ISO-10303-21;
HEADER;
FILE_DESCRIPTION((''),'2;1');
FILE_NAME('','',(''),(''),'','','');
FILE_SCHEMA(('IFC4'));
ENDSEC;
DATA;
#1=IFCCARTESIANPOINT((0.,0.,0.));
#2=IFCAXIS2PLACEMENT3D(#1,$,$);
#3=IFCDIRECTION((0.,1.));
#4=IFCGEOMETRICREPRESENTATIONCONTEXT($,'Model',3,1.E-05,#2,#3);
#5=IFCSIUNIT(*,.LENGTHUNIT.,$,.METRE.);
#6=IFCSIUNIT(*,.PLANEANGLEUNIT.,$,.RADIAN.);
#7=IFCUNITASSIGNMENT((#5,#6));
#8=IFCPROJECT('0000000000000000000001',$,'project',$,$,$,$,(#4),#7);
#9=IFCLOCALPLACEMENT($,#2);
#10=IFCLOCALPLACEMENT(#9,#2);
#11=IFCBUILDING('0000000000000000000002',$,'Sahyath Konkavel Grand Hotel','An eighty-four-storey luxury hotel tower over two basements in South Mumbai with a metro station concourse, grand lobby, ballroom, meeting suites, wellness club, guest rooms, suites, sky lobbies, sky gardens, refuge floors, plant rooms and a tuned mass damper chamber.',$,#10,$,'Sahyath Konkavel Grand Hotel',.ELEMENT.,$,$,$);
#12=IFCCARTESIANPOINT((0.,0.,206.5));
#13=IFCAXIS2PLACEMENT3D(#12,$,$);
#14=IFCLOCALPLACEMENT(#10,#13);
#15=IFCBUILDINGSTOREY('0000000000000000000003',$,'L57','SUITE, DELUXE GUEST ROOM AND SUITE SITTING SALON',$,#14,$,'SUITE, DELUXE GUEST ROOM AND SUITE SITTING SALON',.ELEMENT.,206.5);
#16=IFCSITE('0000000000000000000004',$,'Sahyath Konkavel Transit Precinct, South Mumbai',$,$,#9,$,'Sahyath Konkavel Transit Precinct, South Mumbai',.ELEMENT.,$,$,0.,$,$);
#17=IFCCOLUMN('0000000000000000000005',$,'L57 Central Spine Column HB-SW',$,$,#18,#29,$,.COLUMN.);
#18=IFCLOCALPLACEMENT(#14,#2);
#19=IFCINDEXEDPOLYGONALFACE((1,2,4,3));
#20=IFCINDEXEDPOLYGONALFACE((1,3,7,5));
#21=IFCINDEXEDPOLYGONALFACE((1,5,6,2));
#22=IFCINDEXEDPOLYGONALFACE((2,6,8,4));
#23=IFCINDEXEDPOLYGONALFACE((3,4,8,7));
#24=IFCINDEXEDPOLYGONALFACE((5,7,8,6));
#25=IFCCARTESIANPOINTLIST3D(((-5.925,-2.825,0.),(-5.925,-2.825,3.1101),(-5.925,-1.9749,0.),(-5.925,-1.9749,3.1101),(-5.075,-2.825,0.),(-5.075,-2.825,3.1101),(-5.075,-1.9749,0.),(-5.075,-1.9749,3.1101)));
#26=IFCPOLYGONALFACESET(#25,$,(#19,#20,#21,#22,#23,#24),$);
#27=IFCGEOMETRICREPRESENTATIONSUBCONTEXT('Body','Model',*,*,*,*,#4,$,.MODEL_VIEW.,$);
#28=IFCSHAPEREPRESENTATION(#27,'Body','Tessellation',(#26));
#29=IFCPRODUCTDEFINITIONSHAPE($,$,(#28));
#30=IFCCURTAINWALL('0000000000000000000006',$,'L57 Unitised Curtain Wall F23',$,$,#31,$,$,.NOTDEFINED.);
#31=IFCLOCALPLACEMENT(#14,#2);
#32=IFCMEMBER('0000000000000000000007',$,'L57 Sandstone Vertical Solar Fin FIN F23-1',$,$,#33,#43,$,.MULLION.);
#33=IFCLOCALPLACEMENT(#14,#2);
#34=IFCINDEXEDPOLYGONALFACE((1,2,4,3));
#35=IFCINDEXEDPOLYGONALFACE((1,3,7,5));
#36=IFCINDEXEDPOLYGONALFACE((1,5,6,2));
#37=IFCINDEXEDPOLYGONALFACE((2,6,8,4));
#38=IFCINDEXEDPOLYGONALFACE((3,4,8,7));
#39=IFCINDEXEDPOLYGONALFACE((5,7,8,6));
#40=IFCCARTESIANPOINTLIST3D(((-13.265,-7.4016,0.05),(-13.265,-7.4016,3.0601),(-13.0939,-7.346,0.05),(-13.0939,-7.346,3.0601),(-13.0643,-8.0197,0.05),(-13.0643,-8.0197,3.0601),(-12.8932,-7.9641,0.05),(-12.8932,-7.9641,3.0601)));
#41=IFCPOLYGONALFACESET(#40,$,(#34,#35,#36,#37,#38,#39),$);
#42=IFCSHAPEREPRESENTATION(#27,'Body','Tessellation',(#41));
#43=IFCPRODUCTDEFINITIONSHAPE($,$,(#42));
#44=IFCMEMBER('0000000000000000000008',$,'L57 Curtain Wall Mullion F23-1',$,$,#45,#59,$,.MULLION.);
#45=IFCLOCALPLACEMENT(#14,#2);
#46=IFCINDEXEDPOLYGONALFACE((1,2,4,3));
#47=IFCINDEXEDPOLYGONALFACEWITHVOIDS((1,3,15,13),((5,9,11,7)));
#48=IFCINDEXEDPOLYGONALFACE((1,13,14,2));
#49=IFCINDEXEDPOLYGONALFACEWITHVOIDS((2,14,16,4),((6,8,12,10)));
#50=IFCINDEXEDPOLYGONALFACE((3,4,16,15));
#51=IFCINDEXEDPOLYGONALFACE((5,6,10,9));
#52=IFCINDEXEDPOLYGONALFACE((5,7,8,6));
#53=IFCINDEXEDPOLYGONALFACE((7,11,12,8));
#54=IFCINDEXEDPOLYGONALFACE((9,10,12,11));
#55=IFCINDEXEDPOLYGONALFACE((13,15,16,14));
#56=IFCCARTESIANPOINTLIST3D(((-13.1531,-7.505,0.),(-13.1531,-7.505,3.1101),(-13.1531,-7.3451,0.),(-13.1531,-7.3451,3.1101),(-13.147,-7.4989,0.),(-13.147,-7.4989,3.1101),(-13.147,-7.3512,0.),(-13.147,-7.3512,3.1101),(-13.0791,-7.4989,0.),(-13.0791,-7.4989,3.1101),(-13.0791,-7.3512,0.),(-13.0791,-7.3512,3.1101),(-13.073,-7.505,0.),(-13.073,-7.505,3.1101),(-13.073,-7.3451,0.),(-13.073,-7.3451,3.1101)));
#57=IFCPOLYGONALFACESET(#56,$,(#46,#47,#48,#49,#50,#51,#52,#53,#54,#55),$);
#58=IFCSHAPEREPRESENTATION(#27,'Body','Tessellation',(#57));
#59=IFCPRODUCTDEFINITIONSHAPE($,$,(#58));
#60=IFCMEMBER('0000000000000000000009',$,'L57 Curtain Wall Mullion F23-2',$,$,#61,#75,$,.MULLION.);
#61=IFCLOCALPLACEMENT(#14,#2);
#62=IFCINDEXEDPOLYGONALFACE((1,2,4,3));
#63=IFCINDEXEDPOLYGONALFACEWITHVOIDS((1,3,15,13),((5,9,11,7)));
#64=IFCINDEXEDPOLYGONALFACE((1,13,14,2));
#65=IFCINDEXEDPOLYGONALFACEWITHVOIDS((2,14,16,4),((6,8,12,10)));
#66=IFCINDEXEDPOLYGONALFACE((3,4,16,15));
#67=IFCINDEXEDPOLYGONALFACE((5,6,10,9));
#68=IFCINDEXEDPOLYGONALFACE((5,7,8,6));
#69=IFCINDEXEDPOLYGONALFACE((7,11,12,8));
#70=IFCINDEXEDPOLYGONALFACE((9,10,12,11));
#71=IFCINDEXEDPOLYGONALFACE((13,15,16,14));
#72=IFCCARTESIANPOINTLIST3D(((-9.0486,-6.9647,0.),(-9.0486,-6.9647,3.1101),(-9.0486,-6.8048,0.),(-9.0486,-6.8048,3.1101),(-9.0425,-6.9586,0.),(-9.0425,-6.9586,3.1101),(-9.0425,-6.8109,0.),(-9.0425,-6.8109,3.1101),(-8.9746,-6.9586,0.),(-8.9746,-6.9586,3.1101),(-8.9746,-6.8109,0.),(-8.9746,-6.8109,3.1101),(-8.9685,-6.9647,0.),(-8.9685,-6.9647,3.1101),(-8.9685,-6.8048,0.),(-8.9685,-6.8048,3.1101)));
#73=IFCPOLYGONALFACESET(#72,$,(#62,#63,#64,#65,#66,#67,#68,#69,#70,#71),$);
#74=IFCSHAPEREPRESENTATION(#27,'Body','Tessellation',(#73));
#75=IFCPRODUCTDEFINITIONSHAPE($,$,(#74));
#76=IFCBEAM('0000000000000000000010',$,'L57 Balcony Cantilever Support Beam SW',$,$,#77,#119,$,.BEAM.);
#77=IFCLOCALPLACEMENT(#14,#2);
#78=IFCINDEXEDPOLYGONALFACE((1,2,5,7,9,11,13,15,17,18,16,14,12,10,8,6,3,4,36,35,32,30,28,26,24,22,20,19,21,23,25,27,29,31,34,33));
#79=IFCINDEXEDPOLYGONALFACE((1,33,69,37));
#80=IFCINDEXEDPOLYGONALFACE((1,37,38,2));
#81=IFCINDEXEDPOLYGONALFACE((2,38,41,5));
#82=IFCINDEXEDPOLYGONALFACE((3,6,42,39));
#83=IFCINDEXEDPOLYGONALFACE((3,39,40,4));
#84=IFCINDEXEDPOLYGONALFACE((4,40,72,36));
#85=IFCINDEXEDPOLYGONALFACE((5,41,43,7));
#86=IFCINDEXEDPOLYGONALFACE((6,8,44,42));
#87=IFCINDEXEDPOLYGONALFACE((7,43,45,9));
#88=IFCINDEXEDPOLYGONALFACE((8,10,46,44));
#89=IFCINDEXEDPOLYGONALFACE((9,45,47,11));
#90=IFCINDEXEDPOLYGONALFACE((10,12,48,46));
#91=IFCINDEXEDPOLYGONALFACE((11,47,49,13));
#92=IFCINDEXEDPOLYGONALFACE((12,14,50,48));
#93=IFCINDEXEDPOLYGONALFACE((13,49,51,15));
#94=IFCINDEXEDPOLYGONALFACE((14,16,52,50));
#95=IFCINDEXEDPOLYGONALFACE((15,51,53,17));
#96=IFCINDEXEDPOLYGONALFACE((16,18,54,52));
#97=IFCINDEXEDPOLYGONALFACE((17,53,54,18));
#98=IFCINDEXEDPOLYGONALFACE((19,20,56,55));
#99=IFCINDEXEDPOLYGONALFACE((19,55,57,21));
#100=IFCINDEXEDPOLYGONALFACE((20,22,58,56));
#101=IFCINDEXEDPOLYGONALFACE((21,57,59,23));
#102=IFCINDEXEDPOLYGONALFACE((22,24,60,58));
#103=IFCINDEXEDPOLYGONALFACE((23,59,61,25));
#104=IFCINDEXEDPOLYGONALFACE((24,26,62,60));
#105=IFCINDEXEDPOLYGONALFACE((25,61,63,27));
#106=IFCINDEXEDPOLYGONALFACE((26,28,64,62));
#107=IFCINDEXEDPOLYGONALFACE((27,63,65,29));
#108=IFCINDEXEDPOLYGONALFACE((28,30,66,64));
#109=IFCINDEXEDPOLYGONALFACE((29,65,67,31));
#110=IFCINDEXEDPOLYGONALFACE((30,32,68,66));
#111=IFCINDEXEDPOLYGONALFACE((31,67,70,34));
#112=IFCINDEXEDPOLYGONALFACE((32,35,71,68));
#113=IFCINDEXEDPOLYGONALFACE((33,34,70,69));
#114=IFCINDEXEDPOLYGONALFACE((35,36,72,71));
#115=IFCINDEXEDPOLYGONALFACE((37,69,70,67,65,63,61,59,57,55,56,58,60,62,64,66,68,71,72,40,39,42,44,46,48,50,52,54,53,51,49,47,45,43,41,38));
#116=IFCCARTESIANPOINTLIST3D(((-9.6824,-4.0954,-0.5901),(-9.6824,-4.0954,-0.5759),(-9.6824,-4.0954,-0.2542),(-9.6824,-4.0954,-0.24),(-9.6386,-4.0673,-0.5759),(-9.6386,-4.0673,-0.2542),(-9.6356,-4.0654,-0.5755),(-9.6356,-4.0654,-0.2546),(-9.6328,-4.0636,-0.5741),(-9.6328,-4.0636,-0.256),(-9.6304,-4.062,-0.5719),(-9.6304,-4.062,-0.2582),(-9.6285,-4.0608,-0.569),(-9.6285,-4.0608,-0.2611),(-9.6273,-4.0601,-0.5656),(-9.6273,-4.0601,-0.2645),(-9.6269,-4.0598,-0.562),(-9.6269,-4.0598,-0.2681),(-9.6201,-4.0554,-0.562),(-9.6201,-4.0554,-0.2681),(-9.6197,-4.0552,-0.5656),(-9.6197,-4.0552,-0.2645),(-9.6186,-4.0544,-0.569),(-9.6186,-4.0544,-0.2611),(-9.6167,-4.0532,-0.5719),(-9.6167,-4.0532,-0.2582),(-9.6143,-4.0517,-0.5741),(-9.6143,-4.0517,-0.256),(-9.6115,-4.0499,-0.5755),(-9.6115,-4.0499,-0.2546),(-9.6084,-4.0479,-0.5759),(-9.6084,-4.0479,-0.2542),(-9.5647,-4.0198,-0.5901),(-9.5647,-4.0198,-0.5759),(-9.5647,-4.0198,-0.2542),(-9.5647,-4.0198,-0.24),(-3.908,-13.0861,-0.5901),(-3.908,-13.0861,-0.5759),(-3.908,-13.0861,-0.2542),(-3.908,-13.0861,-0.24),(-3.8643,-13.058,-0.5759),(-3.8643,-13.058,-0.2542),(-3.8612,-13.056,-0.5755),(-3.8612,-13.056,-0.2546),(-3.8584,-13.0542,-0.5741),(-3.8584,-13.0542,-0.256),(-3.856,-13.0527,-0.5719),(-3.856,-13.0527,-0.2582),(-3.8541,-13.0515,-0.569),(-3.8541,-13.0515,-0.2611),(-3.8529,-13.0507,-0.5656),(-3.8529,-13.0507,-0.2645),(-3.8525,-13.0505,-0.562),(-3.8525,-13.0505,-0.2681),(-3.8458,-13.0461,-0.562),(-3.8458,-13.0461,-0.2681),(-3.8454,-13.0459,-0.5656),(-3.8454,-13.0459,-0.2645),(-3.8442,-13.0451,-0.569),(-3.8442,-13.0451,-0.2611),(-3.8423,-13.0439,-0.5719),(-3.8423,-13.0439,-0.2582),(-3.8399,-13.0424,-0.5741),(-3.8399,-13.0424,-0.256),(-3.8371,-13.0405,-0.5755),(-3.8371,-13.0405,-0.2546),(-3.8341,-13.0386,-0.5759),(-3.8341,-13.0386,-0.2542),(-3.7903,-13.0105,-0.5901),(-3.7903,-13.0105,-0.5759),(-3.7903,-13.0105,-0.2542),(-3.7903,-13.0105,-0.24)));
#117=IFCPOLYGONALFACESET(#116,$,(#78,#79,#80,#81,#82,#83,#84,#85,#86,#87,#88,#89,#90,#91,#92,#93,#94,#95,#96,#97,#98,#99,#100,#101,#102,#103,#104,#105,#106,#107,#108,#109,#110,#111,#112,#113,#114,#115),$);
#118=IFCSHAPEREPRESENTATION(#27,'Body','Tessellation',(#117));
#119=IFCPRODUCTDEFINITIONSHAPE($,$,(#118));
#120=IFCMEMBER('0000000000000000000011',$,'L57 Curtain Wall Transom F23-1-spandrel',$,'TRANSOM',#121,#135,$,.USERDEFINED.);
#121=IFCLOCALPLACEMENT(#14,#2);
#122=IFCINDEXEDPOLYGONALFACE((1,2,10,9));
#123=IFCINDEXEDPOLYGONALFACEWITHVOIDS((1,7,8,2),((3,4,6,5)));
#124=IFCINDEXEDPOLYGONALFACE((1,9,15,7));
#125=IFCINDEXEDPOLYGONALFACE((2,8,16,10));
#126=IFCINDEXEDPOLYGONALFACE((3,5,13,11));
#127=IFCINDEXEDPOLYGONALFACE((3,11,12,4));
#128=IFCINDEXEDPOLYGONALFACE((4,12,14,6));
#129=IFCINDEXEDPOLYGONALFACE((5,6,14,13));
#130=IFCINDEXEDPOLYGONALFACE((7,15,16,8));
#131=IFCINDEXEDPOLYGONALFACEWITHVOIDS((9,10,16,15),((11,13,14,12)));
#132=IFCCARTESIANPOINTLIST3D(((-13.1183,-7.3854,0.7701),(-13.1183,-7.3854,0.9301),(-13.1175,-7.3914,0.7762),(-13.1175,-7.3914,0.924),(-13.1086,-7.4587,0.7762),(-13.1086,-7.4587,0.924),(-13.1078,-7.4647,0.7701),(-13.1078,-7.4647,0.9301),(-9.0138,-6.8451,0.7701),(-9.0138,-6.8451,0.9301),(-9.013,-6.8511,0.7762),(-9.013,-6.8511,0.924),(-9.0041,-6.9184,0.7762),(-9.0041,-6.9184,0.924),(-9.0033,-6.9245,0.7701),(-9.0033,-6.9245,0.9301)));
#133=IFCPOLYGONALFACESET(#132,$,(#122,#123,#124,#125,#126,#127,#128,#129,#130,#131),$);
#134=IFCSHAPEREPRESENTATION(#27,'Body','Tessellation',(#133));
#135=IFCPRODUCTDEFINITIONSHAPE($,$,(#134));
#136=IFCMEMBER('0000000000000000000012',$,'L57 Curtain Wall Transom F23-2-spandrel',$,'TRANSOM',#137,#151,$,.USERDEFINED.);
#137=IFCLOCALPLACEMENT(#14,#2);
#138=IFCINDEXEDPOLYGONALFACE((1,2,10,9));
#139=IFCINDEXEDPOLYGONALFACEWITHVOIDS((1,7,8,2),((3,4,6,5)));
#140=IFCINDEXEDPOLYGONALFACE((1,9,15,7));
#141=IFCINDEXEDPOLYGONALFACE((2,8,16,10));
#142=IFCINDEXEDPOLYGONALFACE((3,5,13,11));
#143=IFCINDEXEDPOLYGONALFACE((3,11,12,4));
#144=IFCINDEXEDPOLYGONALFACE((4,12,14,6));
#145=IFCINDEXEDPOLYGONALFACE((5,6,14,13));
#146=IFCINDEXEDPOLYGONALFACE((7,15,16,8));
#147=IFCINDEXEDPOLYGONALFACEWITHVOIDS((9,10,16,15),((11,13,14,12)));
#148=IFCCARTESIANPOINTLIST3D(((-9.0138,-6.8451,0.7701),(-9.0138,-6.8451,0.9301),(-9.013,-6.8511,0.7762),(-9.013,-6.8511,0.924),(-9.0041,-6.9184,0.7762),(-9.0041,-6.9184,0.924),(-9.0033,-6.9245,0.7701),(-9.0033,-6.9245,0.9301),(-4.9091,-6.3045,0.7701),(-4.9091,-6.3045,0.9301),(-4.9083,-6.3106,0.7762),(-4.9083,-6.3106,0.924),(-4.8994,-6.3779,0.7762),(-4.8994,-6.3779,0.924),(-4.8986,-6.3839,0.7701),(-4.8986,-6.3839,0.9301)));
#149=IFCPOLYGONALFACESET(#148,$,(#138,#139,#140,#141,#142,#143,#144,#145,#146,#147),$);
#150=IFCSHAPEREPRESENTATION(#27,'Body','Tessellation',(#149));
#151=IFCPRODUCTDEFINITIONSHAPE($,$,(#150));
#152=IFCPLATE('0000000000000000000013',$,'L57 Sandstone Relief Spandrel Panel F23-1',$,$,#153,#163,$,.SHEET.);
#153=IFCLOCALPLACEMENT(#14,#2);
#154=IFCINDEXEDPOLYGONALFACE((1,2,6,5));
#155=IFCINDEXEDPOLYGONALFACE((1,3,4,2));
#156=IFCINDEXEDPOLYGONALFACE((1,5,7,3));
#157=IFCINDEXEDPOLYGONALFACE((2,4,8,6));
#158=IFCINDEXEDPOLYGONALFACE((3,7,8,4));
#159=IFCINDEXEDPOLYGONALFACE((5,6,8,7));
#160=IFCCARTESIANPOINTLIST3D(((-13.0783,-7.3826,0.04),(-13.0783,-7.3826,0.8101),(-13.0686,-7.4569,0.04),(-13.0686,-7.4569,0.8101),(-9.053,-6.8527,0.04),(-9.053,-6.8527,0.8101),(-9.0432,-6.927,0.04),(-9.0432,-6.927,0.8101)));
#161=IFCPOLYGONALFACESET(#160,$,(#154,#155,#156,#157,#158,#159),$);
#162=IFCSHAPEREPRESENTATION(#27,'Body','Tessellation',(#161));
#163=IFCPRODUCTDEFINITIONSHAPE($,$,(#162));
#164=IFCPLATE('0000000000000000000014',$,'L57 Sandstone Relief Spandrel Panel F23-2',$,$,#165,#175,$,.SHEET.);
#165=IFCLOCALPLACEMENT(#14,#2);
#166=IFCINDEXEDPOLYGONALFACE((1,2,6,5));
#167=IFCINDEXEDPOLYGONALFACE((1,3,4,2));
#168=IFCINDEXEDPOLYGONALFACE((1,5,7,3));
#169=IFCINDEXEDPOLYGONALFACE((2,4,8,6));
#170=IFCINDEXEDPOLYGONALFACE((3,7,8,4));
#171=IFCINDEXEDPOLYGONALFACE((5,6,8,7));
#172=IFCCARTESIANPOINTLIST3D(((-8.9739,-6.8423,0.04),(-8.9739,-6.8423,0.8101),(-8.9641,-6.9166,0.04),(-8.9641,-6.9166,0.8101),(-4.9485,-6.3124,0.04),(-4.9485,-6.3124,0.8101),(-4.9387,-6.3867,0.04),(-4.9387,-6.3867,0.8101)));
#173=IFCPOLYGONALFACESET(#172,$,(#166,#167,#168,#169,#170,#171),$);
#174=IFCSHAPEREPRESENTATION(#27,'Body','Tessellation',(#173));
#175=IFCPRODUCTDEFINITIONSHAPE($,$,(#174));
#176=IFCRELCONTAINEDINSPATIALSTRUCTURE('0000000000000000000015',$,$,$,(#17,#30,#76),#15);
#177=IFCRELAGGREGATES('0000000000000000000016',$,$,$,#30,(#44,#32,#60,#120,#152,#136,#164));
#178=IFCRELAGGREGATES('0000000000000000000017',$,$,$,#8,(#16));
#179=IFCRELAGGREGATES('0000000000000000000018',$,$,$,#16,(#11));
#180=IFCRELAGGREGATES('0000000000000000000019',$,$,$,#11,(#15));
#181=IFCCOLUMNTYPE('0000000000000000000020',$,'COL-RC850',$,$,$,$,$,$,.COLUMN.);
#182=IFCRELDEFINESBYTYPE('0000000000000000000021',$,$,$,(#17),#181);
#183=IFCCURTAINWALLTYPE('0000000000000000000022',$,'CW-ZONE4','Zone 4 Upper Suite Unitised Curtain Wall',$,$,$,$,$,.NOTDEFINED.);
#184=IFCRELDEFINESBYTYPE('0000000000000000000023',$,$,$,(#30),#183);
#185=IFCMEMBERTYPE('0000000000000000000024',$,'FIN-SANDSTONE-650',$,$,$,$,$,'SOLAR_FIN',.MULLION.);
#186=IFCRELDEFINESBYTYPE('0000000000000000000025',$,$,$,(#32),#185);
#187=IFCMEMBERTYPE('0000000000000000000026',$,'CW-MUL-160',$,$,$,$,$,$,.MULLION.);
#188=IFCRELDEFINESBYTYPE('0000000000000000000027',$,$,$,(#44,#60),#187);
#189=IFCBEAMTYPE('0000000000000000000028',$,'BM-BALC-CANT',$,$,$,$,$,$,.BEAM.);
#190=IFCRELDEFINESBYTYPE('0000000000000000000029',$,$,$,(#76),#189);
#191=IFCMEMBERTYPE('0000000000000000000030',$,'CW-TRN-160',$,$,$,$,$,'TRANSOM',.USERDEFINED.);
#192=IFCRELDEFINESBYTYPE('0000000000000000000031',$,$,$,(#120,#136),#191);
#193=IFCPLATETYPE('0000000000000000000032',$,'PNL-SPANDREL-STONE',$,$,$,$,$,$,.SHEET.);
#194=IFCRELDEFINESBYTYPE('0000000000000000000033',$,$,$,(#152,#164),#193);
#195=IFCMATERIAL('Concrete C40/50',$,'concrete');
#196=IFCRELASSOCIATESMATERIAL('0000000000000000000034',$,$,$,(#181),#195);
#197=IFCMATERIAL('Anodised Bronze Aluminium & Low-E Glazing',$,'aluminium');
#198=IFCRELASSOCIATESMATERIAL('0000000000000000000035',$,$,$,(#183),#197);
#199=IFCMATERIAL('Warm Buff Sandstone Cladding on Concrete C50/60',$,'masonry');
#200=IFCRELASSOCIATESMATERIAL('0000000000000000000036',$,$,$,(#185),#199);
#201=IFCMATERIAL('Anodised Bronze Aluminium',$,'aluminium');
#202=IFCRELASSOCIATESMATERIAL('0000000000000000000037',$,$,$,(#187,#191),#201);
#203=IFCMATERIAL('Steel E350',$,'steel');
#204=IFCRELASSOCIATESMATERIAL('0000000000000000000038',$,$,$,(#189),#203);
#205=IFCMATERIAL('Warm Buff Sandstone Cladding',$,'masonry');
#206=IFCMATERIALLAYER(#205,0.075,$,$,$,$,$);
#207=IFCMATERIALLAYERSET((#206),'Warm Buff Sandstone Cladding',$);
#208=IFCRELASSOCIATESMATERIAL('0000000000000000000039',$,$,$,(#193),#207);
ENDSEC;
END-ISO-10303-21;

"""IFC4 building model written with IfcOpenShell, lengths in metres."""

from ifc_helpers import new_model, si_unit, direction, frame, origin, origin_2d, place, context, subcontext, project, spatial, rectangle, hollow_rectangle, i_section, extrude, source, transform, mapped, material, layer, layer_set, material_profile, profile_set, type_object, element, aggregate, save


model = new_model("IFC4")

# Units and contexts
model_context = context("Model", 3, precision=1e-05, world=origin(), true_north=direction((0.0, 1.0)))
body_context = subcontext(model_context, "Body", "Model", "MODEL_VIEW")
ifc_project = project(units=[si_unit("LENGTHUNIT", "METRE"), si_unit("PLANEANGLEUNIT", "RADIAN")], contexts=[model_context])

# Site, building, storey
site_placement = place(None, origin())
site = spatial("IfcSite", under=ifc_project, at=site_placement, Name="Sahyath Konkavel Transit Precinct, South Mumbai", LongName="Sahyath Konkavel Transit Precinct, South Mumbai", CompositionType="ELEMENT", RefElevation=0.0)
building_placement = place(site_placement, origin())
building = spatial("IfcBuilding", under=site, at=building_placement, Name="Sahyath Konkavel Grand Hotel", Description="An eighty-four-storey luxury hotel tower over two basements in South Mumbai with a metro station concourse, grand lobby, ballroom, meeting suites, wellness club, guest rooms, suites, sky lobbies, sky gardens, refuge floors, plant rooms and a tuned mass damper chamber.", LongName="Sahyath Konkavel Grand Hotel", CompositionType="ELEMENT")
storey_placement = place(building_placement, frame((0.0, 0.0, 206.5)))
storey = spatial("IfcBuildingStorey", under=building, at=storey_placement, Name="L57", Description="SUITE, DELUXE GUEST ROOM AND SUITE SITTING SALON", LongName="SUITE, DELUXE GUEST ROOM AND SUITE SITTING SALON", CompositionType="ELEMENT", Elevation=206.5)

# Column
ifc_material_1 = material(Name="Concrete C40/50", Category="concrete")
ifc_material_profile_1 = material_profile(ifc_material_1, rectangle(XDim=0.8501, YDim=0.8501, at=origin_2d()), Name="RC 850x850")
ifc_profile_set_1 = profile_set([ifc_material_profile_1], Name="Concrete C40/50")
column_type = type_object("IfcColumnType", Name="COL-RC850", PredefinedType="COLUMN", material=ifc_profile_set_1)
shared_shape_1 = source(origin(), body_context, "Body", "SweptSolid", [
    extrude(rectangle(XDim=0.8501, YDim=0.8501, at=origin_2d()), origin(), (0.0, 0.0, 1.0), 3.1101),
])
column_placement = place(storey_placement, frame((-5.5, -2.3999, 0.0), z_axis=(0.0, 0.0, 1.0), x_axis=(1.0, 0.0, 0.0)))
element("IfcColumn", 1, at=column_placement, inside=storey, type_object=column_type, Name="L57 Central Spine Column HB-SW", PredefinedType="COLUMN", context=body_context, shape_type="MappedRepresentation", body=[
    mapped(shared_shape_1, transform((0.0, 0.0, 0.0), scale=1.0)),
])

# Curtain wall, members
ifc_material_2 = material(Name="Anodised Bronze Aluminium & Low-E Glazing", Category="aluminium")
curtain_wall_type = type_object("IfcCurtainWallType", Name="CW-ZONE4", Description="Zone 4 Upper Suite Unitised Curtain Wall", PredefinedType="NOTDEFINED", material=ifc_material_2)
curtain_wall_placement = place(storey_placement, origin())
curtain_wall = element("IfcCurtainWall", 2, at=curtain_wall_placement, inside=storey, type_object=curtain_wall_type, Name="L57 Unitised Curtain Wall F23", PredefinedType="NOTDEFINED")
ifc_material_3 = material(Name="Warm Buff Sandstone Cladding on Concrete C50/60", Category="masonry")
ifc_material_profile_2 = material_profile(ifc_material_3, rectangle(XDim=0.1799, YDim=0.6499, at=origin_2d()), Name="FIN 180x650")
ifc_profile_set_2 = profile_set([ifc_material_profile_2], Name="Warm Buff Sandstone Cladding on Concrete C50/60")
member_type_1 = type_object("IfcMemberType", Name="FIN-SANDSTONE-650", ElementType="SOLAR_FIN", PredefinedType="MULLION", material=ifc_profile_set_2)
shared_shape_2 = source(origin(), body_context, "Body", "SweptSolid", [
    extrude(rectangle(XDim=0.1799, YDim=0.6499, at=origin_2d()), origin(), (0.0, 0.0, 1.0), 3.01),
])
member_1_placement = place(storey_placement, frame((-13.0791, -7.6829, 0.05), z_axis=(0.0, 0.0, 1.0), x_axis=(0.95111, 0.308851, 0.0)))
member_1 = element("IfcMember", 3, at=member_1_placement, type_object=member_type_1, Name="L57 Sandstone Vertical Solar Fin FIN F23-1", PredefinedType="MULLION", context=body_context, shape_type="MappedRepresentation", body=[
    mapped(shared_shape_2, transform((0.0, 0.0, 0.0), scale=1.0)),
])
ifc_material_4 = material(Name="Anodised Bronze Aluminium", Category="aluminium")
ifc_material_profile_3 = material_profile(ifc_material_4, hollow_rectangle(XDim=0.0801, YDim=0.1599, WallThickness=0.0061, at=origin_2d()), Name="RHS 160x80x6")
ifc_profile_set_3 = profile_set([ifc_material_profile_3], Name="Anodised Bronze Aluminium")
member_type_2 = type_object("IfcMemberType", Name="CW-MUL-160", PredefinedType="MULLION", material=ifc_profile_set_3)
shared_shape_3 = source(origin(), body_context, "Body", "SweptSolid", [
    extrude(hollow_rectangle(XDim=0.0801, YDim=0.1599, WallThickness=0.0061, at=origin_2d()), origin(), (0.0, 0.0, 1.0), 3.1101),
])
member_2_placement = place(storey_placement, frame((-13.113, -7.425, 0.0), z_axis=(0.0, 0.0, 1.0), x_axis=(1.0, 0.0, 0.0)))
member_2 = element("IfcMember", 4, at=member_2_placement, type_object=member_type_2, Name="L57 Curtain Wall Mullion F23-1", PredefinedType="MULLION", context=body_context, shape_type="MappedRepresentation", body=[
    mapped(shared_shape_3, transform((0.0, 0.0, 0.0), scale=1.0)),
])
member_3_placement = place(storey_placement, frame((-9.0085, -6.8848, 0.0), z_axis=(0.0, 0.0, 1.0), x_axis=(1.0, 0.0, 0.0)))
member_3 = element("IfcMember", 5, at=member_3_placement, type_object=member_type_2, Name="L57 Curtain Wall Mullion F23-2", PredefinedType="MULLION", context=body_context, shape_type="MappedRepresentation", body=[
    mapped(shared_shape_3, transform((0.0, 0.0, 0.0), scale=1.0)),
])

# Beam
ifc_material_5 = material(Name="Steel E350", Category="steel")
ifc_material_profile_4 = material_profile(ifc_material_5, i_section(OverallWidth=0.1399, OverallDepth=0.3501, WebThickness=0.0081, FlangeThickness=0.0142, FilletRadius=0.0139, at=origin_2d()), Name="ISMB 350")
ifc_profile_set_4 = profile_set([ifc_material_profile_4], Name="Steel E350")
beam_type = type_object("IfcBeamType", Name="BM-BALC-CANT", PredefinedType="BEAM", material=ifc_profile_set_4)
shared_shape_4 = source(origin(), body_context, "Body", "SweptSolid", [
    extrude(i_section(OverallWidth=0.1399, OverallDepth=0.3501, WebThickness=0.0081, FlangeThickness=0.0142, FilletRadius=0.0139, at=origin_2d()), origin(), (0.0, 0.0, 1.0), 10.6853),
])
beam_placement = place(storey_placement, frame((-9.6235, -4.0576, -0.415), z_axis=(0.540404, -0.841406, 0.0), x_axis=(0.841406, 0.540404, 0.0)))
element("IfcBeam", 6, at=beam_placement, inside=storey, type_object=beam_type, Name="L57 Balcony Cantilever Support Beam SW", PredefinedType="BEAM", context=body_context, shape_type="MappedRepresentation", body=[
    mapped(shared_shape_4, transform((0.0, 0.0, 0.0), scale=1.0)),
])

# Members
ifc_material_profile_5 = material_profile(ifc_material_4, hollow_rectangle(XDim=0.0801, YDim=0.1599, WallThickness=0.0061, at=origin_2d()), Name="RHS 160x80x6")
ifc_profile_set_5 = profile_set([ifc_material_profile_5], Name="Anodised Bronze Aluminium")
member_type_3 = type_object("IfcMemberType", Name="CW-TRN-160", ElementType="TRANSOM", PredefinedType="USERDEFINED", material=ifc_profile_set_5)
shared_shape_5 = source(origin(), body_context, "Body", "SweptSolid", [
    extrude(hollow_rectangle(XDim=0.0801, YDim=0.1599, WallThickness=0.0061, at=origin_2d()), origin(), (0.0, 0.0, 1.0), 4.1399),
])
member_4_placement = place(storey_placement, frame((-13.113, -7.425, 0.8501), z_axis=(0.991447, 0.130506, 0.0), x_axis=(-0.130506, 0.991447, 0.0)))
member_4 = element("IfcMember", 7, at=member_4_placement, type_object=member_type_3, Name="L57 Curtain Wall Transom F23-1-spandrel", ObjectType="TRANSOM", PredefinedType="USERDEFINED", context=body_context, shape_type="MappedRepresentation", body=[
    mapped(shared_shape_5, transform((0.0, 0.0, 0.0), scale=1.0)),
])
shared_shape_6 = source(origin(), body_context, "Body", "SweptSolid", [
    extrude(hollow_rectangle(XDim=0.0801, YDim=0.1599, WallThickness=0.0061, at=origin_2d()), origin(), (0.0, 0.0, 1.0), 4.1401),
])
member_5_placement = place(storey_placement, frame((-9.0085, -6.8848, 0.8501), z_axis=(0.991441, 0.130557, 0.0), x_axis=(-0.130557, 0.991441, 0.0)))
member_5 = element("IfcMember", 8, at=member_5_placement, type_object=member_type_3, Name="L57 Curtain Wall Transom F23-2-spandrel", ObjectType="TRANSOM", PredefinedType="USERDEFINED", context=body_context, shape_type="MappedRepresentation", body=[
    mapped(shared_shape_6, transform((0.0, 0.0, 0.0), scale=1.0)),
])

# Plates
ifc_material_6 = material(Name="Warm Buff Sandstone Cladding", Category="masonry")
ifc_layer_1 = layer(ifc_material_6, 0.075)
ifc_layer_set_1 = layer_set([ifc_layer_1], Name="Warm Buff Sandstone Cladding")
plate_type_1 = type_object("IfcPlateType", Name="PNL-SPANDREL-STONE", PredefinedType="SHEET", material=ifc_layer_set_1)
shared_shape_7 = source(origin(), body_context, "Body", "SweptSolid", [
    extrude(rectangle(XDim=4.0601, YDim=0.075, at=origin_2d()), origin(), (0.0, 0.0, 1.0), 0.77),
])
plate_1_placement = place(storey_placement, frame((-11.0608, -7.1548, 0.04), z_axis=(0.0, 0.0, 1.0), x_axis=(0.991445, 0.130526, 0.0)))
plate_1 = element("IfcPlate", 9, at=plate_1_placement, type_object=plate_type_1, Name="L57 Sandstone Relief Spandrel Panel F23-1", PredefinedType="SHEET", context=body_context, shape_type="MappedRepresentation", body=[
    mapped(shared_shape_7, transform((0.0, 0.0, 0.0), scale=1.0)),
])
plate_2_placement = place(storey_placement, frame((-6.9563, -6.6145, 0.04), z_axis=(0.0, 0.0, 1.0), x_axis=(0.991445, 0.130526, 0.0)))
plate_2 = element("IfcPlate", 10, at=plate_2_placement, type_object=plate_type_1, Name="L57 Sandstone Relief Spandrel Panel F23-2", PredefinedType="SHEET", context=body_context, shape_type="MappedRepresentation", body=[
    mapped(shared_shape_7, transform((0.0, 0.0, 0.0), scale=1.0)),
])
aggregate(curtain_wall, [member_2, member_1, member_3, member_4, plate_1, member_5, plate_2])

save(model, "model.ifc")
